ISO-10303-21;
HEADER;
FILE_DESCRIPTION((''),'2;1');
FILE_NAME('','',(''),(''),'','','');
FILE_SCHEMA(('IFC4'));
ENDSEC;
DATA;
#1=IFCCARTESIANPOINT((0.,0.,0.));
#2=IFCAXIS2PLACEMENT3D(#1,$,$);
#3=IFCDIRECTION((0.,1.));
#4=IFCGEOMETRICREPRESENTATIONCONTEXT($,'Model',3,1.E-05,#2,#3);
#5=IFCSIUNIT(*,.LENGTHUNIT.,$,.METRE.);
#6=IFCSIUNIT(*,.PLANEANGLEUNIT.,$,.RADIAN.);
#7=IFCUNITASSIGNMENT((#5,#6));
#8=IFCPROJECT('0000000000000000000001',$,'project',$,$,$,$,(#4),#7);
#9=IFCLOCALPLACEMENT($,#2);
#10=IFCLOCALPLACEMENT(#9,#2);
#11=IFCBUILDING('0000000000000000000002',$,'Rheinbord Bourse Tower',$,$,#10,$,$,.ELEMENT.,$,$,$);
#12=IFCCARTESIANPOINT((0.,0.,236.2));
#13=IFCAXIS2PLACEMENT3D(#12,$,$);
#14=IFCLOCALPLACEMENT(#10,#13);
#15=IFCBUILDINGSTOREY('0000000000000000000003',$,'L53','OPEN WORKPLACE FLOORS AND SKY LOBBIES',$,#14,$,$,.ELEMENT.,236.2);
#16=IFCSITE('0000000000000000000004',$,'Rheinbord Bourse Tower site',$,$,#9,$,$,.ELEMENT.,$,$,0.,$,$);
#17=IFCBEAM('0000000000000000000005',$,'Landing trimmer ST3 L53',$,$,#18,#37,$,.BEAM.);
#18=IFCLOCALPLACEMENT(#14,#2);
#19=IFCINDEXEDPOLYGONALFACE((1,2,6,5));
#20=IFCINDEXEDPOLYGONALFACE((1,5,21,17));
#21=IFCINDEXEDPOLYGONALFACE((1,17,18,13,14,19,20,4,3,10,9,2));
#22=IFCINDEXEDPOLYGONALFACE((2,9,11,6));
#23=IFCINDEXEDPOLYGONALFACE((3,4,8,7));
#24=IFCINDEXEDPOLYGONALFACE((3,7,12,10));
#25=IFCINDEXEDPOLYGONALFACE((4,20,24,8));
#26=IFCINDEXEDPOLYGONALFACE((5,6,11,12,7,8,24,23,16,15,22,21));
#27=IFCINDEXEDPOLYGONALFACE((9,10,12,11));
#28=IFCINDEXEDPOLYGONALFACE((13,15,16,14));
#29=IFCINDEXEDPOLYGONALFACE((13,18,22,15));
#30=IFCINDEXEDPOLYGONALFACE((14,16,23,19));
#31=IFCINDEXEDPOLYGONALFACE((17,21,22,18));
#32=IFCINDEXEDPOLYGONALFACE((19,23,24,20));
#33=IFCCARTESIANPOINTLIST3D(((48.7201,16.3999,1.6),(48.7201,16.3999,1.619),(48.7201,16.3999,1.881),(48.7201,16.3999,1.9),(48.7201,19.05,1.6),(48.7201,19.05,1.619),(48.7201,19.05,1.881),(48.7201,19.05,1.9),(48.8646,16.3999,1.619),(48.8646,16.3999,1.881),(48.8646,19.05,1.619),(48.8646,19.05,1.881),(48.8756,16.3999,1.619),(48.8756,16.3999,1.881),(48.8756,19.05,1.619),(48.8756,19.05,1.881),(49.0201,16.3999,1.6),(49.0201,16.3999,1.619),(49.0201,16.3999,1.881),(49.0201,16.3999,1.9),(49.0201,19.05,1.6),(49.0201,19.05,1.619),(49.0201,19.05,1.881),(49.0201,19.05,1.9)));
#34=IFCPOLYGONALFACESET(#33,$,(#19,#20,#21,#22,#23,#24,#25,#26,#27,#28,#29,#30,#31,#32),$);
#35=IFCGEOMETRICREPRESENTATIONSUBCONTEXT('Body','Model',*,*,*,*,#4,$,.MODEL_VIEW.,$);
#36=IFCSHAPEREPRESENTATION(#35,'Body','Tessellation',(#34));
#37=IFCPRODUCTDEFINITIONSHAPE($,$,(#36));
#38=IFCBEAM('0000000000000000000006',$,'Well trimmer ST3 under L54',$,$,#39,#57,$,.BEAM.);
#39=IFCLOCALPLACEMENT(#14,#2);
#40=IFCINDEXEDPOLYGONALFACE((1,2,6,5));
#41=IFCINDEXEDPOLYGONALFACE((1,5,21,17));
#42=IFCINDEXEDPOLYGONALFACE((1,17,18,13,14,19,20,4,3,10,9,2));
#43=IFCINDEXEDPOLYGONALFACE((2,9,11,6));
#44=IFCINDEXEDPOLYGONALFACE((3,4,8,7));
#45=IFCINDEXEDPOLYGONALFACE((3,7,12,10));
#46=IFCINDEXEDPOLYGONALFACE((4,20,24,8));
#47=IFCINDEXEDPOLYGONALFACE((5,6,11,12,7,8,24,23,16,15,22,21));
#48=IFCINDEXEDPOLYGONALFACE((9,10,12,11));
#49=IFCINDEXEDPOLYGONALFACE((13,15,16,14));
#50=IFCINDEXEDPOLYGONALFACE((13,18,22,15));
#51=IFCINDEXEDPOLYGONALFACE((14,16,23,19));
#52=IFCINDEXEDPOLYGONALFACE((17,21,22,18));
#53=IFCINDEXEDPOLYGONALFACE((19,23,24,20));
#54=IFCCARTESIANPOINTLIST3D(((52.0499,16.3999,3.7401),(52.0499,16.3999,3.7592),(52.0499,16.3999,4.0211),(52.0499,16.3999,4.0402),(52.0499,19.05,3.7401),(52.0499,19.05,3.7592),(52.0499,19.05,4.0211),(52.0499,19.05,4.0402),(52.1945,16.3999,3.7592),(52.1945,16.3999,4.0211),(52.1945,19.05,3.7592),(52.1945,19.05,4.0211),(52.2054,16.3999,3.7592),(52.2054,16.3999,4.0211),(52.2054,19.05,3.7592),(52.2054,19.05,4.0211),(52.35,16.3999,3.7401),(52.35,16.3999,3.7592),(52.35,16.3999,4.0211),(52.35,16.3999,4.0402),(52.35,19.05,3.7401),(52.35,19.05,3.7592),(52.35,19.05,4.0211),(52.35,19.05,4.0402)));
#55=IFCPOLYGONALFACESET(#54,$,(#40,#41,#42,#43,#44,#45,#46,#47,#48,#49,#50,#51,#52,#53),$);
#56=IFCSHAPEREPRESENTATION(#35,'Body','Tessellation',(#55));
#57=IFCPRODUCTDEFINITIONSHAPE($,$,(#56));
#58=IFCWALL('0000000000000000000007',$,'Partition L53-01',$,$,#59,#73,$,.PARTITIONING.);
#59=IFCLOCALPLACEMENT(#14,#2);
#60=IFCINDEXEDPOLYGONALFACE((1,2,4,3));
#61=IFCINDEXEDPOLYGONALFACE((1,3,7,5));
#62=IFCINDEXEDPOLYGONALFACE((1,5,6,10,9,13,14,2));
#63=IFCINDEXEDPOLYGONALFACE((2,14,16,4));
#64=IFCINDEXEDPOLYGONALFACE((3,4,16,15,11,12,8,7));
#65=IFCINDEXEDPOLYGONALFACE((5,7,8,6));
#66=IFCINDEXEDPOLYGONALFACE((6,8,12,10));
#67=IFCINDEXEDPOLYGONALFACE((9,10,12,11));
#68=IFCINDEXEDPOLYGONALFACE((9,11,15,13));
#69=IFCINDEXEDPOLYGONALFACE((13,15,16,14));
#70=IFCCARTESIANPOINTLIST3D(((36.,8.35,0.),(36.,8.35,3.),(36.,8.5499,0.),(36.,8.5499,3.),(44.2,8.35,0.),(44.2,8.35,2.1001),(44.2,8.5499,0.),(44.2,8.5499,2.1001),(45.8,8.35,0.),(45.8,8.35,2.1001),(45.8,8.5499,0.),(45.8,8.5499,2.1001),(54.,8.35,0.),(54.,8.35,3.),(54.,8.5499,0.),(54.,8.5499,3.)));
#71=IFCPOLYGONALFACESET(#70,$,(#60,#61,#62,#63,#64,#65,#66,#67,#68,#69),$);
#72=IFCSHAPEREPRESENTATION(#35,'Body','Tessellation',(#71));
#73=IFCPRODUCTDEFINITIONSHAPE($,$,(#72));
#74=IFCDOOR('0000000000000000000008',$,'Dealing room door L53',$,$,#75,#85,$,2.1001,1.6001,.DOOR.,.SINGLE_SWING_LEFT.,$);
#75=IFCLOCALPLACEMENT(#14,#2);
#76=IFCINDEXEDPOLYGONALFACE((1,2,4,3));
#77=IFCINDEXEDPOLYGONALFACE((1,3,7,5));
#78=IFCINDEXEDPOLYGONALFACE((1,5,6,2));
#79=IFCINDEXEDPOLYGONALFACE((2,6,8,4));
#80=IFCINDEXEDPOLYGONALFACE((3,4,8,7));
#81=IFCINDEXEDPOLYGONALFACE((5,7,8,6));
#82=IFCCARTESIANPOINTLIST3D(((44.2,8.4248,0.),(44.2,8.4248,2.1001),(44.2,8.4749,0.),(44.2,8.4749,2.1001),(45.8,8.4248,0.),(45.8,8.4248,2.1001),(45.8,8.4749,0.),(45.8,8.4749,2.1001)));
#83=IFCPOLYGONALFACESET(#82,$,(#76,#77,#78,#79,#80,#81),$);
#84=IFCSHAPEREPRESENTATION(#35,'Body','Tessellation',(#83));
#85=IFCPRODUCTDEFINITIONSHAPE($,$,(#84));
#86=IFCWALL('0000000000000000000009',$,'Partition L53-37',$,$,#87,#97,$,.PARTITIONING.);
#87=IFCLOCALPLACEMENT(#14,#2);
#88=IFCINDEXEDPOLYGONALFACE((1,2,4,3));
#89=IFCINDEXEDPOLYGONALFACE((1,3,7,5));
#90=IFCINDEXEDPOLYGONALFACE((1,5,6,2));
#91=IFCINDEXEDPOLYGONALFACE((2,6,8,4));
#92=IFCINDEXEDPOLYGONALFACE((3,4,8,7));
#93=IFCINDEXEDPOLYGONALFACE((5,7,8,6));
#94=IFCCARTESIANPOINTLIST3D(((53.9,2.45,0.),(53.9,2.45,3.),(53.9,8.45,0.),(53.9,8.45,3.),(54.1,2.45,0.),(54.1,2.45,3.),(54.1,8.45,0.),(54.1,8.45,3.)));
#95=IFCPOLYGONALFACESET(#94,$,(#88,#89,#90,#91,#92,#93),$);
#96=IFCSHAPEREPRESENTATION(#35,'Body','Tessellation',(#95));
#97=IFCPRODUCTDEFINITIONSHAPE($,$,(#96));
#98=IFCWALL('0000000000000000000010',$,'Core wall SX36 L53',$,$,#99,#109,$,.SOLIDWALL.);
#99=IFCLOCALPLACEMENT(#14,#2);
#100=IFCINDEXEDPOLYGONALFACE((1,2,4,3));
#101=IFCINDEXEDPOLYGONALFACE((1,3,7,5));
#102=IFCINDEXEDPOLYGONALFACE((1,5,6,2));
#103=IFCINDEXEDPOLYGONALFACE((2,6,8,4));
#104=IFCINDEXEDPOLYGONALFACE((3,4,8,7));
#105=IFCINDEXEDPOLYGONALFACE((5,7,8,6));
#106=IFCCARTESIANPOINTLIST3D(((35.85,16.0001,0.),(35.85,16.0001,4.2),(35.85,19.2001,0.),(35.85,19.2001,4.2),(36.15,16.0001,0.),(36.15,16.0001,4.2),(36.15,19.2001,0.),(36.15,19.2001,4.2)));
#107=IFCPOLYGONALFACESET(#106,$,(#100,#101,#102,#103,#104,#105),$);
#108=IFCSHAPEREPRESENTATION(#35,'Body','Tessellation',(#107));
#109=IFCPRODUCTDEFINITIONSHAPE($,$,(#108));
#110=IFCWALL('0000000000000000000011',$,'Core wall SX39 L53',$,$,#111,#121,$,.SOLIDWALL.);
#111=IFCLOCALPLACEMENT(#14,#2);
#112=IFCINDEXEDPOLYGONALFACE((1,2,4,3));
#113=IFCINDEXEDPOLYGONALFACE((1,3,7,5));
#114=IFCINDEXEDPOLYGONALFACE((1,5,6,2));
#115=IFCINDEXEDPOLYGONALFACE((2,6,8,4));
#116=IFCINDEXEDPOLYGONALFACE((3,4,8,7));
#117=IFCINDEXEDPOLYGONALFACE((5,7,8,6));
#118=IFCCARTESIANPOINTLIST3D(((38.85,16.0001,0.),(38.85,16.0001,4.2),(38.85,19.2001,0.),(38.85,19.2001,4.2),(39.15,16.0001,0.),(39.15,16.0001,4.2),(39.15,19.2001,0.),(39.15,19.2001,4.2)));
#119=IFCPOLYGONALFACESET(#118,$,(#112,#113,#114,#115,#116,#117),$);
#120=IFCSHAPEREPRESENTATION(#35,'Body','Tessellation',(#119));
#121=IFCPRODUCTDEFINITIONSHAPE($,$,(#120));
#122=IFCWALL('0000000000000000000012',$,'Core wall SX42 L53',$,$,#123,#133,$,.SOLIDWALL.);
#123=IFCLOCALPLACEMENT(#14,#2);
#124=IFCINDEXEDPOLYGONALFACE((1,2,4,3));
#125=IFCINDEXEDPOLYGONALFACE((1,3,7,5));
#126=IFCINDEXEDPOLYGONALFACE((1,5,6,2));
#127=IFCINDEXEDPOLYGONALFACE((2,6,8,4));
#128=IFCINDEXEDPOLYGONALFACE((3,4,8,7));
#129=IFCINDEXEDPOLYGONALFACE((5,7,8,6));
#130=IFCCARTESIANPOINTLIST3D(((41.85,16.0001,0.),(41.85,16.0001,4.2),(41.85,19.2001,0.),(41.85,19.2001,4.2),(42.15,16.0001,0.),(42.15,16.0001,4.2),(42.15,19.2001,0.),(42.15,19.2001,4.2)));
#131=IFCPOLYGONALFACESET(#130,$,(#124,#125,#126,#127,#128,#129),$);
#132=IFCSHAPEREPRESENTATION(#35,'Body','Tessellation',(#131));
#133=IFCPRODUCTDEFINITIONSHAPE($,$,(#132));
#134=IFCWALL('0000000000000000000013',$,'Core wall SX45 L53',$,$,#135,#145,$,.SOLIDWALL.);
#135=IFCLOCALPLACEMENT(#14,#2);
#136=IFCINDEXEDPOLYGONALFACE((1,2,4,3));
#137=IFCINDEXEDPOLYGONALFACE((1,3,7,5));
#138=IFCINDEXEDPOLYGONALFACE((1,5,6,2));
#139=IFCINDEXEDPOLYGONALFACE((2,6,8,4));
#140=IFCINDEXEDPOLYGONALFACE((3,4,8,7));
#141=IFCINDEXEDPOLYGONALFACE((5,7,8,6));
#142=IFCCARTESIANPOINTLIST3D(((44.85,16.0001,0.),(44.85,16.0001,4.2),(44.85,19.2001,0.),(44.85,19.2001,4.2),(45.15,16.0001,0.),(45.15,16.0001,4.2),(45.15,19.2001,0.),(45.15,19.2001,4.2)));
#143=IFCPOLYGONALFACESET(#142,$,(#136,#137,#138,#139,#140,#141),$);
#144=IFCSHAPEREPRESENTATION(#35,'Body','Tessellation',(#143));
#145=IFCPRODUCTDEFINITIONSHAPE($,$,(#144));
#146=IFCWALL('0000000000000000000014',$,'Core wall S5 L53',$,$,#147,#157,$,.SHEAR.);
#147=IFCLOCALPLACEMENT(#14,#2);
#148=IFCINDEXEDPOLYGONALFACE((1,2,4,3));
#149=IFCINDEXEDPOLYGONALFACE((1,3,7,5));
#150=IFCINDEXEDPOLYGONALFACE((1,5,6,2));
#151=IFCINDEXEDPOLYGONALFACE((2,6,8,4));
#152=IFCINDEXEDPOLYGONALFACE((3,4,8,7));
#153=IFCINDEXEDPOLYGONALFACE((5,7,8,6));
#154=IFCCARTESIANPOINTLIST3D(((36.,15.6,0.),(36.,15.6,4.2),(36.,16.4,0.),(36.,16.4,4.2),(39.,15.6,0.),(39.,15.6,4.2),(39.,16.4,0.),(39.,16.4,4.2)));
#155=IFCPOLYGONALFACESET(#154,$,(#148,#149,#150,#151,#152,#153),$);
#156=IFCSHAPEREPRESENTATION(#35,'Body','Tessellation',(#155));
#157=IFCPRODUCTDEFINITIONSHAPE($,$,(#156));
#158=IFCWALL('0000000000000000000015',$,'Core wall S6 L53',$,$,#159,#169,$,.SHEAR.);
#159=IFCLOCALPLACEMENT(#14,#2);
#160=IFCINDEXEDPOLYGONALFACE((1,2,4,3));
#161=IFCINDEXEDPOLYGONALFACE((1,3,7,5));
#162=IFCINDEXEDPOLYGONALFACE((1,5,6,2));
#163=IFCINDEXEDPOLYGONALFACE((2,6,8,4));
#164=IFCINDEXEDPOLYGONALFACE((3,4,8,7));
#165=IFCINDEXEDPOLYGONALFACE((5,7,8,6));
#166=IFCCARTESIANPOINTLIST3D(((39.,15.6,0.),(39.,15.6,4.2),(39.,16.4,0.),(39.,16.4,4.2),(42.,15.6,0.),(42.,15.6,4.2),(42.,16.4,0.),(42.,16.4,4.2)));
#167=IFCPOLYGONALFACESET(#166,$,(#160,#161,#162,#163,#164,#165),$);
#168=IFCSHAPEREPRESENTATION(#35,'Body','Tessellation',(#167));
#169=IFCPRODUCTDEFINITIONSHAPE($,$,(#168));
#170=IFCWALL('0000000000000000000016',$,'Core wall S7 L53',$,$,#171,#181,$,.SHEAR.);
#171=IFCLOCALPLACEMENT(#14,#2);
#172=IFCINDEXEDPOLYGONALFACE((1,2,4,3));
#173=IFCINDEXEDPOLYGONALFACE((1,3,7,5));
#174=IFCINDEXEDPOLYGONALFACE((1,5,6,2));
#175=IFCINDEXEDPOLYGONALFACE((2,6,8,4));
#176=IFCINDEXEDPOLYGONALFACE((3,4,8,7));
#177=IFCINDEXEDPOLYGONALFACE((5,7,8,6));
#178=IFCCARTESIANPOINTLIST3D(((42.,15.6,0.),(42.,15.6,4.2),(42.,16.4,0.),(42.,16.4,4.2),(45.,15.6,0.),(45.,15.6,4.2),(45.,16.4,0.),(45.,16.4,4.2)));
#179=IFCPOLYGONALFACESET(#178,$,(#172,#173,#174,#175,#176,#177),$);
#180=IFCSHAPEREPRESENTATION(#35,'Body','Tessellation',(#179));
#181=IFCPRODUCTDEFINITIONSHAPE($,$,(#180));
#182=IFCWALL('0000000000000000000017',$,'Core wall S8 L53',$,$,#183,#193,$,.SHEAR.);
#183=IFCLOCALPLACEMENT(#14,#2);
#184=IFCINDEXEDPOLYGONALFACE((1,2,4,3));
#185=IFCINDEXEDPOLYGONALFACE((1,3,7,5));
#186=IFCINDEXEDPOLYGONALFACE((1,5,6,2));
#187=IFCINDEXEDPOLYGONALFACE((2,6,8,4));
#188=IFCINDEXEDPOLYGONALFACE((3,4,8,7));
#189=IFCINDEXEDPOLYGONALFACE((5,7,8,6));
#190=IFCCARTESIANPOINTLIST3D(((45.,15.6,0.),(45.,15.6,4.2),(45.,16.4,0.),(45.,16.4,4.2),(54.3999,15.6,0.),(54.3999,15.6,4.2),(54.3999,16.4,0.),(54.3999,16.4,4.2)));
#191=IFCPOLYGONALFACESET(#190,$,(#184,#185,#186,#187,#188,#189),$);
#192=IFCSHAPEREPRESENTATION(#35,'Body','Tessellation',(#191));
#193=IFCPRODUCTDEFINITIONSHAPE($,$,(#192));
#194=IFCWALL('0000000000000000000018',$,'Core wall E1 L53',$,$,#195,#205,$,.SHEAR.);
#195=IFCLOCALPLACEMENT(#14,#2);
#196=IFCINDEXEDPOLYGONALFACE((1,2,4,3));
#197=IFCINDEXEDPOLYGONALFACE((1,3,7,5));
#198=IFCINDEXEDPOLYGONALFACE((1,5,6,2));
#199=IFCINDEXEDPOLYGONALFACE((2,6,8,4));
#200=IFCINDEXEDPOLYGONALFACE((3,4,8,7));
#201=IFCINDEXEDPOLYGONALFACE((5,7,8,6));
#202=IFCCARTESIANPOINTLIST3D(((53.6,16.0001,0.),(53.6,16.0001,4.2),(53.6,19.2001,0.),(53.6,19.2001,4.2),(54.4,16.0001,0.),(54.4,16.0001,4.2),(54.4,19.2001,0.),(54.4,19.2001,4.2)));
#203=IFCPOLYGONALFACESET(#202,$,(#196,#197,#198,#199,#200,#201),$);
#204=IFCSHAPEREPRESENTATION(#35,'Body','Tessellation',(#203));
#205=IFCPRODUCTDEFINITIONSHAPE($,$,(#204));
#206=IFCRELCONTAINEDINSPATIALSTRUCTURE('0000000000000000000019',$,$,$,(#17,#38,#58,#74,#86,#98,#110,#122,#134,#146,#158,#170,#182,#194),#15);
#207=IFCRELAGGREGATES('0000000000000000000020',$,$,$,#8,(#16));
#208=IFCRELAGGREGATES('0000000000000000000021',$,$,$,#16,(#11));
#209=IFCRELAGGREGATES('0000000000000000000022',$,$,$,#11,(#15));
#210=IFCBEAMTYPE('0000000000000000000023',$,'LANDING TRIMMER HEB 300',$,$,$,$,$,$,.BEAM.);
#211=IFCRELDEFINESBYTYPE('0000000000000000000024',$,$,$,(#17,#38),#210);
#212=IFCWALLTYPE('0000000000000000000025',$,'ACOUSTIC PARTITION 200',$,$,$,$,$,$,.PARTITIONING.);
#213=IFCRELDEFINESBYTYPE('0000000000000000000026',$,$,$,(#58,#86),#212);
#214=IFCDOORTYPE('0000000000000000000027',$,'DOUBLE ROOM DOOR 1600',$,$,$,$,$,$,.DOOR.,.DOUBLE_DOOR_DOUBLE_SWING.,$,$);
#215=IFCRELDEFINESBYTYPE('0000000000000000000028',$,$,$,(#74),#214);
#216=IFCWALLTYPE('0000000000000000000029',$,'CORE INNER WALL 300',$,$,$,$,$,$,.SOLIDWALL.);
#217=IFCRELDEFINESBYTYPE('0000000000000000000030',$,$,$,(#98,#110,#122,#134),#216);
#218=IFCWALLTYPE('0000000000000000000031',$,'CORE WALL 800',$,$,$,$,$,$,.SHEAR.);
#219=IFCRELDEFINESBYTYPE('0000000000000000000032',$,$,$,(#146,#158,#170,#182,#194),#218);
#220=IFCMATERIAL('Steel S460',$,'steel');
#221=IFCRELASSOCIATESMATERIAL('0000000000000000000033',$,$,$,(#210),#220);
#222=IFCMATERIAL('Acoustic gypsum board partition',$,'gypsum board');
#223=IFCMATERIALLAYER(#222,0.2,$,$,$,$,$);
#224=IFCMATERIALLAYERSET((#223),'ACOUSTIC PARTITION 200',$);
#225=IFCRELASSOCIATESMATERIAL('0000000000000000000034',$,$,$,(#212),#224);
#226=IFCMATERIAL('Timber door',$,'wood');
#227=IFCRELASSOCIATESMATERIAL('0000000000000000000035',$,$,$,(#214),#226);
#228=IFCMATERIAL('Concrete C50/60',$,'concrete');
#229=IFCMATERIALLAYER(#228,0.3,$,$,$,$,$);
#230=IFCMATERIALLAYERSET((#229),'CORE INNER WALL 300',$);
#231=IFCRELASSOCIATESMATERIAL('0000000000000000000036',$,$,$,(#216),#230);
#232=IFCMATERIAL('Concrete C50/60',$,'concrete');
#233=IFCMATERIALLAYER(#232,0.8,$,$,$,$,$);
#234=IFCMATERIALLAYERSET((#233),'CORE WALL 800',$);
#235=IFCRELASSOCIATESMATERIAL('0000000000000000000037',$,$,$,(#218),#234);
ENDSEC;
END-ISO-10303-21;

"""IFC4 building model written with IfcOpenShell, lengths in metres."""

from ifc_helpers import new_model, si_unit, direction, frame, frame_2d, origin, origin_2d, place, context, subcontext, project, spatial, rectangle, i_section, extrude, material, layer, layer_set, material_profile, profile_set, type_object, element, fill, save


model = new_model("IFC4")

# Units and contexts
model_context = context("Model", 3, precision=1e-05, world=origin(), true_north=direction((0.0, 1.0)))
body_context = subcontext(model_context, "Body", "Model", "MODEL_VIEW")
ifc_project = project(units=[si_unit("LENGTHUNIT", "METRE"), si_unit("PLANEANGLEUNIT", "RADIAN")], contexts=[model_context])

# Site, building, storey
site_placement = place(None, origin())
site = spatial("IfcSite", under=ifc_project, at=site_placement, Name="Rheinbord Bourse Tower site", CompositionType="ELEMENT", RefElevation=0.0)
building_placement = place(site_placement, origin())
building = spatial("IfcBuilding", under=site, at=building_placement, Name="Rheinbord Bourse Tower", CompositionType="ELEMENT")
storey_placement = place(building_placement, frame((0.0, 0.0, 236.2)))
storey = spatial("IfcBuildingStorey", under=building, at=storey_placement, Name="L53", Description="OPEN WORKPLACE FLOORS AND SKY LOBBIES", CompositionType="ELEMENT", Elevation=236.2)

# Beams
ifc_material_1 = material(Name="Steel S460", Category="steel")
ifc_material_profile = material_profile(ifc_material_1, i_section(OverallWidth=0.3, OverallDepth=0.3, WebThickness=0.011, FlangeThickness=0.019, at=origin_2d()), Name="HEB 300")
ifc_profile_set = profile_set([ifc_material_profile], Name="Steel S460")
beam_type = type_object("IfcBeamType", Name="LANDING TRIMMER HEB 300", PredefinedType="BEAM", material=ifc_profile_set)
for number, where, z_axis, x_axis, name in (
    (1, (48.8701, 16.3999, 1.75), (0.0, 1.0, 0.0), (-1.0, 0.0, 0.0), "Landing trimmer ST3 L53"),
    (2, (52.2, 16.3999, 3.8901), (0.0, 1.0, 0.0), (-1.0, 0.0, 0.0), "Well trimmer ST3 under L54"),
):
    element("IfcBeam", number, at=place(storey_placement, frame(where, z_axis=z_axis, x_axis=x_axis)), inside=storey, type_object=beam_type, Name=name, PredefinedType="BEAM", context=body_context, shape_type="SweptSolid", body=[
        extrude(i_section(OverallWidth=0.3, OverallDepth=0.3, WebThickness=0.011, FlangeThickness=0.019, at=origin_2d()), origin(), (0.0, 0.0, 1.0), 2.6501),
    ])

# Wall, opening, door
ifc_material_2 = material(Name="Acoustic gypsum board partition", Category="gypsum board")
ifc_layer_1 = layer(ifc_material_2, 0.2)
ifc_layer_set_1 = layer_set([ifc_layer_1], Name="ACOUSTIC PARTITION 200")
wall_type_1 = type_object("IfcWallType", Name="ACOUSTIC PARTITION 200", PredefinedType="PARTITIONING", material=ifc_layer_set_1)
wall_1_placement = place(storey_placement, frame((36.0, 8.45, 0.0), z_axis=(0.0, 0.0, 1.0), x_axis=(1.0, 0.0, 0.0)))
wall_1 = element("IfcWall", 3, at=wall_1_placement, inside=storey, type_object=wall_type_1, Name="Partition L53-01", PredefinedType="PARTITIONING", context=body_context, shape_type="SweptSolid", body=[
    extrude(rectangle(XDim=18.0, YDim=0.2, at=frame_2d((9.0, 0.0))), origin(), (0.0, 0.0, 1.0), 3.0),
])
opening_1_placement = place(wall_1_placement, frame((8.2, 0.0, 0.0)))
opening_1 = element("IfcOpeningElement", 4, at=opening_1_placement, cuts=wall_1, PredefinedType="OPENING", context=body_context, shape_type="SweptSolid", body=[
    extrude(rectangle(XDim=1.6001, YDim=2.1001, at=frame_2d((0.8, 1.05))), frame((0.0, 0.1099, 0.0), z_axis=(0.0, -1.0, 0.0), x_axis=(1.0, 0.0, 0.0)), (0.0, 0.0, 1.0), 0.22),
])
ifc_material_3 = material(Name="Timber door", Category="wood")
door_type = type_object("IfcDoorType", Name="DOUBLE ROOM DOOR 1600", OperationType="DOUBLE_DOOR_DOUBLE_SWING", PredefinedType="DOOR", material=ifc_material_3)
door_1_placement = place(opening_1_placement, origin())
door_1 = element("IfcDoor", 5, at=door_1_placement, inside=storey, type_object=door_type, Name="Dealing room door L53", OperationType="SINGLE_SWING_LEFT", OverallHeight=2.1001, OverallWidth=1.6001, PredefinedType="DOOR", context=body_context, shape_type="SweptSolid", body=[
    extrude(rectangle(XDim=1.6001, YDim=2.1001, at=frame_2d((0.8, 1.05))), frame((0.0, 0.0249, 0.0), z_axis=(0.0, -1.0, 0.0), x_axis=(1.0, 0.0, 0.0)), (0.0, 0.0, 1.0), 0.05),
])
fill(opening_1, door_1)

# Walls
wall_2_placement = place(storey_placement, frame((54.0, 2.45, 0.0), z_axis=(0.0, 0.0, 1.0), x_axis=(0.0, 1.0, 0.0)))
element("IfcWall", 6, at=wall_2_placement, inside=storey, type_object=wall_type_1, Name="Partition L53-37", PredefinedType="PARTITIONING", context=body_context, shape_type="SweptSolid", body=[
    extrude(rectangle(XDim=6.0, YDim=0.2, at=frame_2d((3.0, 0.0))), origin(), (0.0, 0.0, 1.0), 3.0),
])
ifc_material_4 = material(Name="Concrete C50/60", Category="concrete")
ifc_layer_2 = layer(ifc_material_4, 0.3)
ifc_layer_set_2 = layer_set([ifc_layer_2], Name="CORE INNER WALL 300")
wall_type_2 = type_object("IfcWallType", Name="CORE INNER WALL 300", PredefinedType="SOLIDWALL", material=ifc_layer_set_2)
for number, where, z_axis, x_axis, name in (
    (7, (36.0, 16.0, 0.0), (0.0, 0.0, 1.0), (0.0, 1.0, 0.0), "Core wall SX36 L53"),
    (8, (39.0, 16.0, 0.0), (0.0, 0.0, 1.0), (0.0, 1.0, 0.0), "Core wall SX39 L53"),
    (9, (42.0, 16.0, 0.0), (0.0, 0.0, 1.0), (0.0, 1.0, 0.0), "Core wall SX42 L53"),
    (10, (45.0, 16.0, 0.0), (0.0, 0.0, 1.0), (0.0, 1.0, 0.0), "Core wall SX45 L53"),
):
    element("IfcWall", number, at=place(storey_placement, frame(where, z_axis=z_axis, x_axis=x_axis)), inside=storey, type_object=wall_type_2, Name=name, PredefinedType="SOLIDWALL", context=body_context, shape_type="SweptSolid", body=[
        extrude(rectangle(XDim=3.2, YDim=0.3, at=frame_2d((1.6001, 0.0))), origin(), (0.0, 0.0, 1.0), 4.2),
    ])
ifc_material_5 = material(Name="Concrete C50/60", Category="concrete")
ifc_layer_3 = layer(ifc_material_5, 0.8)
ifc_layer_set_3 = layer_set([ifc_layer_3], Name="CORE WALL 800")
wall_type_3 = type_object("IfcWallType", Name="CORE WALL 800", PredefinedType="SHEAR", material=ifc_layer_set_3)
for number, where, z_axis, x_axis, name in (
    (11, (36.0, 16.0, 0.0), (0.0, 0.0, 1.0), (1.0, 0.0, 0.0), "Core wall S5 L53"),
    (12, (39.0, 16.0, 0.0), (0.0, 0.0, 1.0), (1.0, 0.0, 0.0), "Core wall S6 L53"),
    (13, (42.0, 16.0, 0.0), (0.0, 0.0, 1.0), (1.0, 0.0, 0.0), "Core wall S7 L53"),
):
    element("IfcWall", number, at=place(storey_placement, frame(where, z_axis=z_axis, x_axis=x_axis)), inside=storey, type_object=wall_type_3, Name=name, PredefinedType="SHEAR", context=body_context, shape_type="SweptSolid", body=[
        extrude(rectangle(XDim=3.0, YDim=0.8, at=frame_2d((1.5, 0.0))), origin(), (0.0, 0.0, 1.0), 4.2),
    ])
wall_3_placement = place(storey_placement, frame((45.0, 16.0, 0.0), z_axis=(0.0, 0.0, 1.0), x_axis=(1.0, 0.0, 0.0)))
element("IfcWall", 14, at=wall_3_placement, inside=storey, type_object=wall_type_3, Name="Core wall S8 L53", PredefinedType="SHEAR", context=body_context, shape_type="SweptSolid", body=[
    extrude(rectangle(XDim=9.3999, YDim=0.8, at=frame_2d((4.7, 0.0))), origin(), (0.0, 0.0, 1.0), 4.2),
])
wall_4_placement = place(storey_placement, frame((54.0, 16.0, 0.0), z_axis=(0.0, 0.0, 1.0), x_axis=(0.0, 1.0, 0.0)))
element("IfcWall", 15, at=wall_4_placement, inside=storey, type_object=wall_type_3, Name="Core wall E1 L53", PredefinedType="SHEAR", context=body_context, shape_type="SweptSolid", body=[
    extrude(rectangle(XDim=3.2, YDim=0.8, at=frame_2d((1.6001, 0.0))), origin(), (0.0, 0.0, 1.0), 4.2),
])

save(model, "model.ifc")
